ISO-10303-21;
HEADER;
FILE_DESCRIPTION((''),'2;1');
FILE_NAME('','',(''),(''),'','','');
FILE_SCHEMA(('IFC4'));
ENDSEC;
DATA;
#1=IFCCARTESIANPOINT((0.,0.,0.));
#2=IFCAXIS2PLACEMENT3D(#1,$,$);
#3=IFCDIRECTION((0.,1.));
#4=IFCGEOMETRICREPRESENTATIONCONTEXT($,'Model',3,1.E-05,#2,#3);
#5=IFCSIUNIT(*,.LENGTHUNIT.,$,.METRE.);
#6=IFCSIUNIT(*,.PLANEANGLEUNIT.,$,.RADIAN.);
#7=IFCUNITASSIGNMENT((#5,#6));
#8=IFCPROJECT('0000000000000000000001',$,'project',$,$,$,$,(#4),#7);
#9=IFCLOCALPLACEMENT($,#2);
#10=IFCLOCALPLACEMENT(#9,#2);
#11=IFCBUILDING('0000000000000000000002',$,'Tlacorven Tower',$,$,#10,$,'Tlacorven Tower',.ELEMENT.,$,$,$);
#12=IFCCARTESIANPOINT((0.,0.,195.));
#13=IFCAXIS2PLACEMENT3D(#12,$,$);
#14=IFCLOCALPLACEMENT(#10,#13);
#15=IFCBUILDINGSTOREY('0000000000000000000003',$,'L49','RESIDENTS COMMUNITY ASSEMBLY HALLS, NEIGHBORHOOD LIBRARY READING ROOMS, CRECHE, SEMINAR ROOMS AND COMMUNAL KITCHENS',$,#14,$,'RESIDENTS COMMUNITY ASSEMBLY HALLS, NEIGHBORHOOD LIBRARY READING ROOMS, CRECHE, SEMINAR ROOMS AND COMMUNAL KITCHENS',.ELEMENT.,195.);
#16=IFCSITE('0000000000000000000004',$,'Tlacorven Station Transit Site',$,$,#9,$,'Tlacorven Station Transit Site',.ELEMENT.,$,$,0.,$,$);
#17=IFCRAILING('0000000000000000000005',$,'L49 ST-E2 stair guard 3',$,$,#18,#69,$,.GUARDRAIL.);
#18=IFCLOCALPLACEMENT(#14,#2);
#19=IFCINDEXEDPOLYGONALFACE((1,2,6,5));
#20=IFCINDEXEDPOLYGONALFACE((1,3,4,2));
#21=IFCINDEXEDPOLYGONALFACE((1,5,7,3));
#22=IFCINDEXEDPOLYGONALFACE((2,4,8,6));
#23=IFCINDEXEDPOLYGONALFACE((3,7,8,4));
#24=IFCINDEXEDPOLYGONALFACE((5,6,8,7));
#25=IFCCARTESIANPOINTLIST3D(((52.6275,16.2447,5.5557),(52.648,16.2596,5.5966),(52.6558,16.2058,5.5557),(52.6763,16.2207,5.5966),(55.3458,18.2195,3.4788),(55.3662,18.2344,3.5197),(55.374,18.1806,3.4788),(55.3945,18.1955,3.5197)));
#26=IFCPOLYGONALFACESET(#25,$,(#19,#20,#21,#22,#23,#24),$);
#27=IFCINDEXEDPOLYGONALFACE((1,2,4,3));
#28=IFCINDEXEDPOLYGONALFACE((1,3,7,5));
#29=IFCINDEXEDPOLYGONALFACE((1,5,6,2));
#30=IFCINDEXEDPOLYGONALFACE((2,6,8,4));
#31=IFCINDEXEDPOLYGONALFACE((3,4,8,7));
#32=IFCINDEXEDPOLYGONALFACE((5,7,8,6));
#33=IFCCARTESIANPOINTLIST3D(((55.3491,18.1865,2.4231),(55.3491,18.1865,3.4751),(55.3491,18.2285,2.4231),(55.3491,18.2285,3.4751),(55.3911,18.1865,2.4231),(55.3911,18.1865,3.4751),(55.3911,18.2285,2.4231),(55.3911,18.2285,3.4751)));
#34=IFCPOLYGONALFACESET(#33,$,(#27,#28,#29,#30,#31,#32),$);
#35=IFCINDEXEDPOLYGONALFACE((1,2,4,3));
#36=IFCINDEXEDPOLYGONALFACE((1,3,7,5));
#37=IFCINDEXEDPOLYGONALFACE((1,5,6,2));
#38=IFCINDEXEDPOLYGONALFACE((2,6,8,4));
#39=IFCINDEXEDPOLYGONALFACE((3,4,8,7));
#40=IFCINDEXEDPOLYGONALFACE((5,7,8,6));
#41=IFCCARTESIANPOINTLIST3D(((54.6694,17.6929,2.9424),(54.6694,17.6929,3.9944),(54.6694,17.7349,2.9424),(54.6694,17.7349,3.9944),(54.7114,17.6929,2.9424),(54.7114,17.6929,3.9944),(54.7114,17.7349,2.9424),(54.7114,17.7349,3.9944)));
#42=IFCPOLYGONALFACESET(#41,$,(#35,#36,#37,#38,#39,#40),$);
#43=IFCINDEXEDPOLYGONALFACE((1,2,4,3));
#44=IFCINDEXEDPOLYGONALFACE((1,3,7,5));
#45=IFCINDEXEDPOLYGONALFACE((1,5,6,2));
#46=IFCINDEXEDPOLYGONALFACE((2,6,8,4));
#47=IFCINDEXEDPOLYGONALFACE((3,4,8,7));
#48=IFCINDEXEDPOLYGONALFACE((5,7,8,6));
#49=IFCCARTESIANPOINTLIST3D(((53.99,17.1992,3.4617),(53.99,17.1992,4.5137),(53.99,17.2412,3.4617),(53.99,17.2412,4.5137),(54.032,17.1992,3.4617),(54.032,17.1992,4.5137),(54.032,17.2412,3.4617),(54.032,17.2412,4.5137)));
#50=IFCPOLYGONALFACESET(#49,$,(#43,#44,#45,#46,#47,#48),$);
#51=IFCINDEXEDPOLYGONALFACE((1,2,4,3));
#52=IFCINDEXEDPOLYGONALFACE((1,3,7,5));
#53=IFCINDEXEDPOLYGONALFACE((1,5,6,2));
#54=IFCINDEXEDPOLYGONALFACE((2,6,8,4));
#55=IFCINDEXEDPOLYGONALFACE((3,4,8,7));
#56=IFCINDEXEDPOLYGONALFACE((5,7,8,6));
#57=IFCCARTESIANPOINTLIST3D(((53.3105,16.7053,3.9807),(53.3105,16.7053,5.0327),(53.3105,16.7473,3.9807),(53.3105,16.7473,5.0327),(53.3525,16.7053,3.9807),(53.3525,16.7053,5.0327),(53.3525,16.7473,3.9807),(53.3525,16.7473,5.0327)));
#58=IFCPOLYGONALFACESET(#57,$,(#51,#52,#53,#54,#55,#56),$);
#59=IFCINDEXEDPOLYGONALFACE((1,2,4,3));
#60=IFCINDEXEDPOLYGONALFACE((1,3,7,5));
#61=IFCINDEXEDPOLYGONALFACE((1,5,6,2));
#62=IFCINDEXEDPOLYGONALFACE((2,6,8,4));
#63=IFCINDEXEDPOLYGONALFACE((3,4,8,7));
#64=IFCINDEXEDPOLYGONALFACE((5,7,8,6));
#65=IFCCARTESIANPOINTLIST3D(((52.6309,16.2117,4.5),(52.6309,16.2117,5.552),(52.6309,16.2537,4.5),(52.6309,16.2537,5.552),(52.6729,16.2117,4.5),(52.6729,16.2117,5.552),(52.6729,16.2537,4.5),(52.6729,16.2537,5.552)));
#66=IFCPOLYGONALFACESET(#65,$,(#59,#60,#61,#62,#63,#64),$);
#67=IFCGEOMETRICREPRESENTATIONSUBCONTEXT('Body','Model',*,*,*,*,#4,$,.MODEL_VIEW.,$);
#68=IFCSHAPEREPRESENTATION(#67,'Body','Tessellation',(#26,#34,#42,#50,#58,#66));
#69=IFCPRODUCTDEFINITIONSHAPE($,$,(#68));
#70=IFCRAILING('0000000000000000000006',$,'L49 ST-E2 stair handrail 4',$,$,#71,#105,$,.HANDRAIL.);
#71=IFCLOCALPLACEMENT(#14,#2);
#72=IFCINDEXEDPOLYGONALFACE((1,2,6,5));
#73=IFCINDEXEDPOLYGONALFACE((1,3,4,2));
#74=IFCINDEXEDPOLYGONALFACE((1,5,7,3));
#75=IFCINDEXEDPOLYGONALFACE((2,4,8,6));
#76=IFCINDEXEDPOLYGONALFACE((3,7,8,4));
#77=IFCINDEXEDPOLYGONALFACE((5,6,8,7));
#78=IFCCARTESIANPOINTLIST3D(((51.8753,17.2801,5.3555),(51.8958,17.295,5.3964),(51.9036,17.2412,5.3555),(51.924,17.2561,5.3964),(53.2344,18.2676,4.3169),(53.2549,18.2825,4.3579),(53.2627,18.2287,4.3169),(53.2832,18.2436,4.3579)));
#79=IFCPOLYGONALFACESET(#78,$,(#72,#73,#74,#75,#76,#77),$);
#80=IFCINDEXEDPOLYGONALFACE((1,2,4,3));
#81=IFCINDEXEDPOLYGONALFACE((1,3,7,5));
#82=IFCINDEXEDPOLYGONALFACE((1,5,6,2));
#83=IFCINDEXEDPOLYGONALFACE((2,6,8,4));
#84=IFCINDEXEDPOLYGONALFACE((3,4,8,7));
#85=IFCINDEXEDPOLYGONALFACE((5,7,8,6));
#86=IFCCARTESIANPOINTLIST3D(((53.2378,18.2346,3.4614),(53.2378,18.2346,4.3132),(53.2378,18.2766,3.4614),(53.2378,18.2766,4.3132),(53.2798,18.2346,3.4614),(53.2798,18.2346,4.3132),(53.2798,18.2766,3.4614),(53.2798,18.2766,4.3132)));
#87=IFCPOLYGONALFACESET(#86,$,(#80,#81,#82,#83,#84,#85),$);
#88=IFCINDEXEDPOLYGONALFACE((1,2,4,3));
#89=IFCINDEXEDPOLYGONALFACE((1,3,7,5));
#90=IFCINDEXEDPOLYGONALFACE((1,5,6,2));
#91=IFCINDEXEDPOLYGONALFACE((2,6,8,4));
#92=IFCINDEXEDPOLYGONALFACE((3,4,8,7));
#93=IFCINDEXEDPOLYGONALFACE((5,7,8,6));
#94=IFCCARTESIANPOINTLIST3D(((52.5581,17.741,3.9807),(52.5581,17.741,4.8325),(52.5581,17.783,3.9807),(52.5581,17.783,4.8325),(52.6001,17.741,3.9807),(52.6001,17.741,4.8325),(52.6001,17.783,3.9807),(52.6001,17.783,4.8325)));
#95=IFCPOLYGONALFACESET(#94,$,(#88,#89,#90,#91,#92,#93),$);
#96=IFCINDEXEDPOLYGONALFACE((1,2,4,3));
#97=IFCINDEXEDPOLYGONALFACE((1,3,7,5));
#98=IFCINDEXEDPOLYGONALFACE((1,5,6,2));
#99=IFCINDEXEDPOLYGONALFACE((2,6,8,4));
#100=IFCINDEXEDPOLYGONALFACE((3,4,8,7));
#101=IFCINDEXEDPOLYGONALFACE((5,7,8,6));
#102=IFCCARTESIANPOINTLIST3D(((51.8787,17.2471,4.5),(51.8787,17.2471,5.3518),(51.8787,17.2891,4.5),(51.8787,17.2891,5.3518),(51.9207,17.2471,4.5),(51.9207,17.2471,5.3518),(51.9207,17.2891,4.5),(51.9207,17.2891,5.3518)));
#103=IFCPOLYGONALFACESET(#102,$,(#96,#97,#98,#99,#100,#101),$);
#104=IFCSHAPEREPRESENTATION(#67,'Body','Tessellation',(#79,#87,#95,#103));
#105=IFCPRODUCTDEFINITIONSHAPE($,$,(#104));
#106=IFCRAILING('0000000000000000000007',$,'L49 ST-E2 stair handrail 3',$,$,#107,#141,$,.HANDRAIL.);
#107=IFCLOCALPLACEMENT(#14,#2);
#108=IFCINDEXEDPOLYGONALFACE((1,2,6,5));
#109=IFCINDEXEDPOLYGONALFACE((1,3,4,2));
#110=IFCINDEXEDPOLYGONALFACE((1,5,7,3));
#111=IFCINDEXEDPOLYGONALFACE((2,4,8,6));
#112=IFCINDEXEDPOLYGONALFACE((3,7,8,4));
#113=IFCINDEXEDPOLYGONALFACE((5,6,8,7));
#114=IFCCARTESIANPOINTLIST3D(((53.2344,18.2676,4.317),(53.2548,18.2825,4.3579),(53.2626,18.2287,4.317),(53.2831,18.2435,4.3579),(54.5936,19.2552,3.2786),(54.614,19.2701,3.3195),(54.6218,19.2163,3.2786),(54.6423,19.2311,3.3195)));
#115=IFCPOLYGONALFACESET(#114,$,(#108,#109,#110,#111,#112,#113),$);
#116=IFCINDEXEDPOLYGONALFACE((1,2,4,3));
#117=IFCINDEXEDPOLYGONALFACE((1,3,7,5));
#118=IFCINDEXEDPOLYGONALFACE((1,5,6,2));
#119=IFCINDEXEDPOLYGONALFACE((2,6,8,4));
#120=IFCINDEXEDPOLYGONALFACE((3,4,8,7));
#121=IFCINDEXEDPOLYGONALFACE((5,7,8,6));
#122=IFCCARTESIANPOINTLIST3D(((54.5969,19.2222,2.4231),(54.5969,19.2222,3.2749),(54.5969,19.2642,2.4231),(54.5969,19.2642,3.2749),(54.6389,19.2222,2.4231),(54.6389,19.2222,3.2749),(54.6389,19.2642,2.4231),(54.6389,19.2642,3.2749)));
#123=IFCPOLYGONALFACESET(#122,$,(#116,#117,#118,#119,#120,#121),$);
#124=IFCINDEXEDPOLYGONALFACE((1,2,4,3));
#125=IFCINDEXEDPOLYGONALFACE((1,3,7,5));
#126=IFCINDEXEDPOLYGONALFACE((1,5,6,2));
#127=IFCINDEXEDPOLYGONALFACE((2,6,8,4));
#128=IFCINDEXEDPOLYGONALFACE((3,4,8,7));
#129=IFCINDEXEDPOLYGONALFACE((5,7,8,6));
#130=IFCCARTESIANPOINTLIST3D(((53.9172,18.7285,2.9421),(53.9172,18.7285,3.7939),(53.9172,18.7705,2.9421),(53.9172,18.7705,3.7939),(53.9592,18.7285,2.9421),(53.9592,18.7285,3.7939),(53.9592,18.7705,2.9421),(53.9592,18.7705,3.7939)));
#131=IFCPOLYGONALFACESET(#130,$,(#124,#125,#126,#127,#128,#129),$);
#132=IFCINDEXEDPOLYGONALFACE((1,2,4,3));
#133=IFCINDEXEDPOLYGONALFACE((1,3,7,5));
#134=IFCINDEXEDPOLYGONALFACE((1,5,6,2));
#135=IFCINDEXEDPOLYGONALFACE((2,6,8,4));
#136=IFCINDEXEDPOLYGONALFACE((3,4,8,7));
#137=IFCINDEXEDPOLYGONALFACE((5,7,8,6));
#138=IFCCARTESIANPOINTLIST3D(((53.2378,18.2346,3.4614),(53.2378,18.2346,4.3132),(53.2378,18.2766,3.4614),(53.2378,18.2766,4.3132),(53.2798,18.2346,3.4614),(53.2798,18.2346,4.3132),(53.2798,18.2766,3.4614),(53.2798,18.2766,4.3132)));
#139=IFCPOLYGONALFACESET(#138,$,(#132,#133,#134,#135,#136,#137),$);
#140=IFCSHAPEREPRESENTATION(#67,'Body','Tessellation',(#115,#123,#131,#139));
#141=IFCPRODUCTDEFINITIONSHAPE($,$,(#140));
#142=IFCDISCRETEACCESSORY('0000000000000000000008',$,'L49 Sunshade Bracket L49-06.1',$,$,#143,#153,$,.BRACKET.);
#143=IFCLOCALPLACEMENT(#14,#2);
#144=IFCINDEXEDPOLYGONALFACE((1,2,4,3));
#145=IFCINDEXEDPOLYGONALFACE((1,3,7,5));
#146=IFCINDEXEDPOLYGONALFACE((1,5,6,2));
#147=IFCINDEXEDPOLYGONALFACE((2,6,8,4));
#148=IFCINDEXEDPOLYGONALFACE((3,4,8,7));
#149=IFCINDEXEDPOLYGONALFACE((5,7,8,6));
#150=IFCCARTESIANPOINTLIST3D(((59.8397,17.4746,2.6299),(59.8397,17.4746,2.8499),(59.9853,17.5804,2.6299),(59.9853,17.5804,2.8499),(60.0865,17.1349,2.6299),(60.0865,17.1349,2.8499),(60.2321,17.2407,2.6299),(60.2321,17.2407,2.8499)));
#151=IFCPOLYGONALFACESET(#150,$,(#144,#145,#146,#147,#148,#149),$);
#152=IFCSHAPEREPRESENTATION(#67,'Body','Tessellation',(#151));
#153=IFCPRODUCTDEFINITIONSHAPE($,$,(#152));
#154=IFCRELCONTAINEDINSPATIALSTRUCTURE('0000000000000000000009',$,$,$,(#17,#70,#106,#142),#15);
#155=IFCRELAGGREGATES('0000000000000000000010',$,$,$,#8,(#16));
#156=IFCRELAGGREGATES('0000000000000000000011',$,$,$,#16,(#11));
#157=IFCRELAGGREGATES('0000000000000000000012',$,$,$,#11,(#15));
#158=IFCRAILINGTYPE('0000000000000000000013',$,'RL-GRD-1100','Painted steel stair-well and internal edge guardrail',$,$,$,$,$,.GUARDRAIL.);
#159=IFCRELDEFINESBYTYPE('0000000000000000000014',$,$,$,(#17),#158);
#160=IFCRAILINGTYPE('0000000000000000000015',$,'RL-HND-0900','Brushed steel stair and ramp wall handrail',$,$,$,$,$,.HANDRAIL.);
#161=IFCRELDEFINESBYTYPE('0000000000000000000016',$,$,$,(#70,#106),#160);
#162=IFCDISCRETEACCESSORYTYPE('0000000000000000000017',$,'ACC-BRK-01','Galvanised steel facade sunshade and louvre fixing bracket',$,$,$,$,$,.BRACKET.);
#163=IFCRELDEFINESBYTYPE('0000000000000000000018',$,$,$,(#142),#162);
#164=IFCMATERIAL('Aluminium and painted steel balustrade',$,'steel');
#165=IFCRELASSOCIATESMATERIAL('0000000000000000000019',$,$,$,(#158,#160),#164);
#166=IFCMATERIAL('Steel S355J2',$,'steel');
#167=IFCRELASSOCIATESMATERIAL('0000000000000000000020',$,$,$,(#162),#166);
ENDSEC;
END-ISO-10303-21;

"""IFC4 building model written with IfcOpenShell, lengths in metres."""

from ifc_helpers import new_model, si_unit, direction, frame, origin, origin_2d, place, context, subcontext, project, spatial, rectangle, extrude, source, transform, mapped, material, type_object, element, save


model = new_model("IFC4")

# Units and contexts
model_context = context("Model", 3, precision=1e-05, world=origin(), true_north=direction((0.0, 1.0)))
body_context = subcontext(model_context, "Body", "Model", "MODEL_VIEW")
ifc_project = project(units=[si_unit("LENGTHUNIT", "METRE"), si_unit("PLANEANGLEUNIT", "RADIAN")], contexts=[model_context])

# Site, building, storey
site_placement = place(None, origin())
site = spatial("IfcSite", under=ifc_project, at=site_placement, Name="Tlacorven Station Transit Site", LongName="Tlacorven Station Transit Site", CompositionType="ELEMENT", RefElevation=0.0)
building_placement = place(site_placement, origin())
building = spatial("IfcBuilding", under=site, at=building_placement, Name="Tlacorven Tower", LongName="Tlacorven Tower", CompositionType="ELEMENT")
storey_placement = place(building_placement, frame((0.0, 0.0, 195.0)))
storey = spatial("IfcBuildingStorey", under=building, at=storey_placement, Name="L49", Description="RESIDENTS COMMUNITY ASSEMBLY HALLS, NEIGHBORHOOD LIBRARY READING ROOMS, CRECHE, SEMINAR ROOMS AND COMMUNAL KITCHENS", LongName="RESIDENTS COMMUNITY ASSEMBLY HALLS, NEIGHBORHOOD LIBRARY READING ROOMS, CRECHE, SEMINAR ROOMS AND COMMUNAL KITCHENS", CompositionType="ELEMENT", Elevation=195.0)

# Shared definitions
ifc_material_1 = material(Name="Steel S355J2", Category="steel")

# Shared definitions
ifc_material_2 = material(Name="Aluminium and painted steel balustrade", Category="steel")
railing_type_1 = type_object("IfcRailingType", Name="RL-GRD-1100", Description="Painted steel stair-well and internal edge guardrail", PredefinedType="GUARDRAIL", material=ifc_material_2)

# Railings
shared_shape_1 = source(origin(), body_context, "Body", "SweptSolid", [
    extrude(rectangle(XDim=0.0481, YDim=0.0481, at=origin_2d()), frame((0.0, 0.0, 1.0762), z_axis=(-0.688167, -0.499963, 0.525798), x_axis=(0.58777, -0.809028, 0.0)), (0.0, 0.0, 1.0), 3.95),
    extrude(rectangle(XDim=0.042, YDim=0.042, at=origin_2d()), origin(), (0.0, 0.0, 1.0), 1.052),
    extrude(rectangle(XDim=0.042, YDim=0.042, at=origin_2d()), frame((-0.6797, -0.4937, 0.5193)), (0.0, 0.0, 1.0), 1.052),
    extrude(rectangle(XDim=0.042, YDim=0.042, at=origin_2d()), frame((-1.3591, -0.9873, 1.0386)), (0.0, 0.0, 1.0), 1.052),
    extrude(rectangle(XDim=0.042, YDim=0.042, at=origin_2d()), frame((-2.0386, -1.4812, 1.5576)), (0.0, 0.0, 1.0), 1.052),
    extrude(rectangle(XDim=0.042, YDim=0.042, at=origin_2d()), frame((-2.7183, -1.9749, 2.0769)), (0.0, 0.0, 1.0), 1.052),
])
railing_1_placement = place(storey_placement, frame((55.3701, 18.2075, 2.4231)))
element("IfcRailing", 1, at=railing_1_placement, inside=storey, type_object=railing_type_1, Name="L49 ST-E2 stair guard 3", PredefinedType="GUARDRAIL", context=body_context, shape_type="MappedRepresentation", body=[
    mapped(shared_shape_1, transform((0.0, 0.0, 0.0), scale=1.0)),
])
railing_type_2 = type_object("IfcRailingType", Name="RL-HND-0900", Description="Brushed steel stair and ramp wall handrail", PredefinedType="HANDRAIL", material=ifc_material_2)
shared_shape_2 = source(origin(), body_context, "Body", "SweptSolid", [
    extrude(rectangle(XDim=0.0481, YDim=0.0481, at=origin_2d()), frame((0.0, 0.0, 0.876), z_axis=(-0.688123, -0.499993, 0.525827), x_axis=(0.587817, -0.808994, 0.0)), (0.0, 0.0, 1.0), 1.9751),
    extrude(rectangle(XDim=0.042, YDim=0.042, at=origin_2d()), origin(), (0.0, 0.0, 1.0), 0.8518),
    extrude(rectangle(XDim=0.042, YDim=0.042, at=origin_2d()), frame((-0.6797, -0.4937, 0.5193)), (0.0, 0.0, 1.0), 0.8518),
    extrude(rectangle(XDim=0.042, YDim=0.042, at=origin_2d()), frame((-1.3591, -0.9875, 1.0386)), (0.0, 0.0, 1.0), 0.8518),
])
railing_2_placement = place(storey_placement, frame((53.2588, 18.2556, 3.4614)))
element("IfcRailing", 2, at=railing_2_placement, inside=storey, type_object=railing_type_2, Name="L49 ST-E2 stair handrail 4", PredefinedType="HANDRAIL", context=body_context, shape_type="MappedRepresentation", body=[
    mapped(shared_shape_2, transform((0.0, 0.0, 0.0), scale=1.0)),
])
shared_shape_3 = source(origin(), body_context, "Body", "SweptSolid", [
    extrude(rectangle(XDim=0.0481, YDim=0.0481, at=origin_2d()), frame((0.0, 0.0, 0.876), z_axis=(-0.688168, -0.500025, 0.525737), x_axis=(0.587817, -0.808994, 0.0)), (0.0, 0.0, 1.0), 1.9751),
    extrude(rectangle(XDim=0.042, YDim=0.042, at=origin_2d()), origin(), (0.0, 0.0, 1.0), 0.8518),
    extrude(rectangle(XDim=0.042, YDim=0.042, at=origin_2d()), frame((-0.6797, -0.4937, 0.519)), (0.0, 0.0, 1.0), 0.8518),
    extrude(rectangle(XDim=0.042, YDim=0.042, at=origin_2d()), frame((-1.3591, -0.9875, 1.0383)), (0.0, 0.0, 1.0), 0.8518),
])
railing_3_placement = place(storey_placement, frame((54.6179, 19.2432, 2.4231)))
element("IfcRailing", 3, at=railing_3_placement, inside=storey, type_object=railing_type_2, Name="L49 ST-E2 stair handrail 3", PredefinedType="HANDRAIL", context=body_context, shape_type="MappedRepresentation", body=[
    mapped(shared_shape_3, transform((0.0, 0.0, 0.0), scale=1.0)),
])

# Discrete accessory
discrete_accessory_type = type_object("IfcDiscreteAccessoryType", Name="ACC-BRK-01", Description="Galvanised steel facade sunshade and louvre fixing bracket", PredefinedType="BRACKET", material=ifc_material_1)
shared_shape_4 = source(origin(), body_context, "Body", "SweptSolid", [
    extrude(rectangle(XDim=0.1799, YDim=0.4199, at=origin_2d()), origin(), (0.0, 0.0, 1.0), 0.22),
])
discrete_accessory_placement = place(storey_placement, frame((60.0359, 17.3577, 2.6299), z_axis=(0.0, 0.0, 1.0), x_axis=(-0.809017, -0.587785, 0.0)))
element("IfcDiscreteAccessory", 4, at=discrete_accessory_placement, inside=storey, type_object=discrete_accessory_type, Name="L49 Sunshade Bracket L49-06.1", PredefinedType="BRACKET", context=body_context, shape_type="MappedRepresentation", body=[
    mapped(shared_shape_4, transform((0.0, 0.0, 0.0), scale=1.0)),
])

save(model, "model.ifc")
